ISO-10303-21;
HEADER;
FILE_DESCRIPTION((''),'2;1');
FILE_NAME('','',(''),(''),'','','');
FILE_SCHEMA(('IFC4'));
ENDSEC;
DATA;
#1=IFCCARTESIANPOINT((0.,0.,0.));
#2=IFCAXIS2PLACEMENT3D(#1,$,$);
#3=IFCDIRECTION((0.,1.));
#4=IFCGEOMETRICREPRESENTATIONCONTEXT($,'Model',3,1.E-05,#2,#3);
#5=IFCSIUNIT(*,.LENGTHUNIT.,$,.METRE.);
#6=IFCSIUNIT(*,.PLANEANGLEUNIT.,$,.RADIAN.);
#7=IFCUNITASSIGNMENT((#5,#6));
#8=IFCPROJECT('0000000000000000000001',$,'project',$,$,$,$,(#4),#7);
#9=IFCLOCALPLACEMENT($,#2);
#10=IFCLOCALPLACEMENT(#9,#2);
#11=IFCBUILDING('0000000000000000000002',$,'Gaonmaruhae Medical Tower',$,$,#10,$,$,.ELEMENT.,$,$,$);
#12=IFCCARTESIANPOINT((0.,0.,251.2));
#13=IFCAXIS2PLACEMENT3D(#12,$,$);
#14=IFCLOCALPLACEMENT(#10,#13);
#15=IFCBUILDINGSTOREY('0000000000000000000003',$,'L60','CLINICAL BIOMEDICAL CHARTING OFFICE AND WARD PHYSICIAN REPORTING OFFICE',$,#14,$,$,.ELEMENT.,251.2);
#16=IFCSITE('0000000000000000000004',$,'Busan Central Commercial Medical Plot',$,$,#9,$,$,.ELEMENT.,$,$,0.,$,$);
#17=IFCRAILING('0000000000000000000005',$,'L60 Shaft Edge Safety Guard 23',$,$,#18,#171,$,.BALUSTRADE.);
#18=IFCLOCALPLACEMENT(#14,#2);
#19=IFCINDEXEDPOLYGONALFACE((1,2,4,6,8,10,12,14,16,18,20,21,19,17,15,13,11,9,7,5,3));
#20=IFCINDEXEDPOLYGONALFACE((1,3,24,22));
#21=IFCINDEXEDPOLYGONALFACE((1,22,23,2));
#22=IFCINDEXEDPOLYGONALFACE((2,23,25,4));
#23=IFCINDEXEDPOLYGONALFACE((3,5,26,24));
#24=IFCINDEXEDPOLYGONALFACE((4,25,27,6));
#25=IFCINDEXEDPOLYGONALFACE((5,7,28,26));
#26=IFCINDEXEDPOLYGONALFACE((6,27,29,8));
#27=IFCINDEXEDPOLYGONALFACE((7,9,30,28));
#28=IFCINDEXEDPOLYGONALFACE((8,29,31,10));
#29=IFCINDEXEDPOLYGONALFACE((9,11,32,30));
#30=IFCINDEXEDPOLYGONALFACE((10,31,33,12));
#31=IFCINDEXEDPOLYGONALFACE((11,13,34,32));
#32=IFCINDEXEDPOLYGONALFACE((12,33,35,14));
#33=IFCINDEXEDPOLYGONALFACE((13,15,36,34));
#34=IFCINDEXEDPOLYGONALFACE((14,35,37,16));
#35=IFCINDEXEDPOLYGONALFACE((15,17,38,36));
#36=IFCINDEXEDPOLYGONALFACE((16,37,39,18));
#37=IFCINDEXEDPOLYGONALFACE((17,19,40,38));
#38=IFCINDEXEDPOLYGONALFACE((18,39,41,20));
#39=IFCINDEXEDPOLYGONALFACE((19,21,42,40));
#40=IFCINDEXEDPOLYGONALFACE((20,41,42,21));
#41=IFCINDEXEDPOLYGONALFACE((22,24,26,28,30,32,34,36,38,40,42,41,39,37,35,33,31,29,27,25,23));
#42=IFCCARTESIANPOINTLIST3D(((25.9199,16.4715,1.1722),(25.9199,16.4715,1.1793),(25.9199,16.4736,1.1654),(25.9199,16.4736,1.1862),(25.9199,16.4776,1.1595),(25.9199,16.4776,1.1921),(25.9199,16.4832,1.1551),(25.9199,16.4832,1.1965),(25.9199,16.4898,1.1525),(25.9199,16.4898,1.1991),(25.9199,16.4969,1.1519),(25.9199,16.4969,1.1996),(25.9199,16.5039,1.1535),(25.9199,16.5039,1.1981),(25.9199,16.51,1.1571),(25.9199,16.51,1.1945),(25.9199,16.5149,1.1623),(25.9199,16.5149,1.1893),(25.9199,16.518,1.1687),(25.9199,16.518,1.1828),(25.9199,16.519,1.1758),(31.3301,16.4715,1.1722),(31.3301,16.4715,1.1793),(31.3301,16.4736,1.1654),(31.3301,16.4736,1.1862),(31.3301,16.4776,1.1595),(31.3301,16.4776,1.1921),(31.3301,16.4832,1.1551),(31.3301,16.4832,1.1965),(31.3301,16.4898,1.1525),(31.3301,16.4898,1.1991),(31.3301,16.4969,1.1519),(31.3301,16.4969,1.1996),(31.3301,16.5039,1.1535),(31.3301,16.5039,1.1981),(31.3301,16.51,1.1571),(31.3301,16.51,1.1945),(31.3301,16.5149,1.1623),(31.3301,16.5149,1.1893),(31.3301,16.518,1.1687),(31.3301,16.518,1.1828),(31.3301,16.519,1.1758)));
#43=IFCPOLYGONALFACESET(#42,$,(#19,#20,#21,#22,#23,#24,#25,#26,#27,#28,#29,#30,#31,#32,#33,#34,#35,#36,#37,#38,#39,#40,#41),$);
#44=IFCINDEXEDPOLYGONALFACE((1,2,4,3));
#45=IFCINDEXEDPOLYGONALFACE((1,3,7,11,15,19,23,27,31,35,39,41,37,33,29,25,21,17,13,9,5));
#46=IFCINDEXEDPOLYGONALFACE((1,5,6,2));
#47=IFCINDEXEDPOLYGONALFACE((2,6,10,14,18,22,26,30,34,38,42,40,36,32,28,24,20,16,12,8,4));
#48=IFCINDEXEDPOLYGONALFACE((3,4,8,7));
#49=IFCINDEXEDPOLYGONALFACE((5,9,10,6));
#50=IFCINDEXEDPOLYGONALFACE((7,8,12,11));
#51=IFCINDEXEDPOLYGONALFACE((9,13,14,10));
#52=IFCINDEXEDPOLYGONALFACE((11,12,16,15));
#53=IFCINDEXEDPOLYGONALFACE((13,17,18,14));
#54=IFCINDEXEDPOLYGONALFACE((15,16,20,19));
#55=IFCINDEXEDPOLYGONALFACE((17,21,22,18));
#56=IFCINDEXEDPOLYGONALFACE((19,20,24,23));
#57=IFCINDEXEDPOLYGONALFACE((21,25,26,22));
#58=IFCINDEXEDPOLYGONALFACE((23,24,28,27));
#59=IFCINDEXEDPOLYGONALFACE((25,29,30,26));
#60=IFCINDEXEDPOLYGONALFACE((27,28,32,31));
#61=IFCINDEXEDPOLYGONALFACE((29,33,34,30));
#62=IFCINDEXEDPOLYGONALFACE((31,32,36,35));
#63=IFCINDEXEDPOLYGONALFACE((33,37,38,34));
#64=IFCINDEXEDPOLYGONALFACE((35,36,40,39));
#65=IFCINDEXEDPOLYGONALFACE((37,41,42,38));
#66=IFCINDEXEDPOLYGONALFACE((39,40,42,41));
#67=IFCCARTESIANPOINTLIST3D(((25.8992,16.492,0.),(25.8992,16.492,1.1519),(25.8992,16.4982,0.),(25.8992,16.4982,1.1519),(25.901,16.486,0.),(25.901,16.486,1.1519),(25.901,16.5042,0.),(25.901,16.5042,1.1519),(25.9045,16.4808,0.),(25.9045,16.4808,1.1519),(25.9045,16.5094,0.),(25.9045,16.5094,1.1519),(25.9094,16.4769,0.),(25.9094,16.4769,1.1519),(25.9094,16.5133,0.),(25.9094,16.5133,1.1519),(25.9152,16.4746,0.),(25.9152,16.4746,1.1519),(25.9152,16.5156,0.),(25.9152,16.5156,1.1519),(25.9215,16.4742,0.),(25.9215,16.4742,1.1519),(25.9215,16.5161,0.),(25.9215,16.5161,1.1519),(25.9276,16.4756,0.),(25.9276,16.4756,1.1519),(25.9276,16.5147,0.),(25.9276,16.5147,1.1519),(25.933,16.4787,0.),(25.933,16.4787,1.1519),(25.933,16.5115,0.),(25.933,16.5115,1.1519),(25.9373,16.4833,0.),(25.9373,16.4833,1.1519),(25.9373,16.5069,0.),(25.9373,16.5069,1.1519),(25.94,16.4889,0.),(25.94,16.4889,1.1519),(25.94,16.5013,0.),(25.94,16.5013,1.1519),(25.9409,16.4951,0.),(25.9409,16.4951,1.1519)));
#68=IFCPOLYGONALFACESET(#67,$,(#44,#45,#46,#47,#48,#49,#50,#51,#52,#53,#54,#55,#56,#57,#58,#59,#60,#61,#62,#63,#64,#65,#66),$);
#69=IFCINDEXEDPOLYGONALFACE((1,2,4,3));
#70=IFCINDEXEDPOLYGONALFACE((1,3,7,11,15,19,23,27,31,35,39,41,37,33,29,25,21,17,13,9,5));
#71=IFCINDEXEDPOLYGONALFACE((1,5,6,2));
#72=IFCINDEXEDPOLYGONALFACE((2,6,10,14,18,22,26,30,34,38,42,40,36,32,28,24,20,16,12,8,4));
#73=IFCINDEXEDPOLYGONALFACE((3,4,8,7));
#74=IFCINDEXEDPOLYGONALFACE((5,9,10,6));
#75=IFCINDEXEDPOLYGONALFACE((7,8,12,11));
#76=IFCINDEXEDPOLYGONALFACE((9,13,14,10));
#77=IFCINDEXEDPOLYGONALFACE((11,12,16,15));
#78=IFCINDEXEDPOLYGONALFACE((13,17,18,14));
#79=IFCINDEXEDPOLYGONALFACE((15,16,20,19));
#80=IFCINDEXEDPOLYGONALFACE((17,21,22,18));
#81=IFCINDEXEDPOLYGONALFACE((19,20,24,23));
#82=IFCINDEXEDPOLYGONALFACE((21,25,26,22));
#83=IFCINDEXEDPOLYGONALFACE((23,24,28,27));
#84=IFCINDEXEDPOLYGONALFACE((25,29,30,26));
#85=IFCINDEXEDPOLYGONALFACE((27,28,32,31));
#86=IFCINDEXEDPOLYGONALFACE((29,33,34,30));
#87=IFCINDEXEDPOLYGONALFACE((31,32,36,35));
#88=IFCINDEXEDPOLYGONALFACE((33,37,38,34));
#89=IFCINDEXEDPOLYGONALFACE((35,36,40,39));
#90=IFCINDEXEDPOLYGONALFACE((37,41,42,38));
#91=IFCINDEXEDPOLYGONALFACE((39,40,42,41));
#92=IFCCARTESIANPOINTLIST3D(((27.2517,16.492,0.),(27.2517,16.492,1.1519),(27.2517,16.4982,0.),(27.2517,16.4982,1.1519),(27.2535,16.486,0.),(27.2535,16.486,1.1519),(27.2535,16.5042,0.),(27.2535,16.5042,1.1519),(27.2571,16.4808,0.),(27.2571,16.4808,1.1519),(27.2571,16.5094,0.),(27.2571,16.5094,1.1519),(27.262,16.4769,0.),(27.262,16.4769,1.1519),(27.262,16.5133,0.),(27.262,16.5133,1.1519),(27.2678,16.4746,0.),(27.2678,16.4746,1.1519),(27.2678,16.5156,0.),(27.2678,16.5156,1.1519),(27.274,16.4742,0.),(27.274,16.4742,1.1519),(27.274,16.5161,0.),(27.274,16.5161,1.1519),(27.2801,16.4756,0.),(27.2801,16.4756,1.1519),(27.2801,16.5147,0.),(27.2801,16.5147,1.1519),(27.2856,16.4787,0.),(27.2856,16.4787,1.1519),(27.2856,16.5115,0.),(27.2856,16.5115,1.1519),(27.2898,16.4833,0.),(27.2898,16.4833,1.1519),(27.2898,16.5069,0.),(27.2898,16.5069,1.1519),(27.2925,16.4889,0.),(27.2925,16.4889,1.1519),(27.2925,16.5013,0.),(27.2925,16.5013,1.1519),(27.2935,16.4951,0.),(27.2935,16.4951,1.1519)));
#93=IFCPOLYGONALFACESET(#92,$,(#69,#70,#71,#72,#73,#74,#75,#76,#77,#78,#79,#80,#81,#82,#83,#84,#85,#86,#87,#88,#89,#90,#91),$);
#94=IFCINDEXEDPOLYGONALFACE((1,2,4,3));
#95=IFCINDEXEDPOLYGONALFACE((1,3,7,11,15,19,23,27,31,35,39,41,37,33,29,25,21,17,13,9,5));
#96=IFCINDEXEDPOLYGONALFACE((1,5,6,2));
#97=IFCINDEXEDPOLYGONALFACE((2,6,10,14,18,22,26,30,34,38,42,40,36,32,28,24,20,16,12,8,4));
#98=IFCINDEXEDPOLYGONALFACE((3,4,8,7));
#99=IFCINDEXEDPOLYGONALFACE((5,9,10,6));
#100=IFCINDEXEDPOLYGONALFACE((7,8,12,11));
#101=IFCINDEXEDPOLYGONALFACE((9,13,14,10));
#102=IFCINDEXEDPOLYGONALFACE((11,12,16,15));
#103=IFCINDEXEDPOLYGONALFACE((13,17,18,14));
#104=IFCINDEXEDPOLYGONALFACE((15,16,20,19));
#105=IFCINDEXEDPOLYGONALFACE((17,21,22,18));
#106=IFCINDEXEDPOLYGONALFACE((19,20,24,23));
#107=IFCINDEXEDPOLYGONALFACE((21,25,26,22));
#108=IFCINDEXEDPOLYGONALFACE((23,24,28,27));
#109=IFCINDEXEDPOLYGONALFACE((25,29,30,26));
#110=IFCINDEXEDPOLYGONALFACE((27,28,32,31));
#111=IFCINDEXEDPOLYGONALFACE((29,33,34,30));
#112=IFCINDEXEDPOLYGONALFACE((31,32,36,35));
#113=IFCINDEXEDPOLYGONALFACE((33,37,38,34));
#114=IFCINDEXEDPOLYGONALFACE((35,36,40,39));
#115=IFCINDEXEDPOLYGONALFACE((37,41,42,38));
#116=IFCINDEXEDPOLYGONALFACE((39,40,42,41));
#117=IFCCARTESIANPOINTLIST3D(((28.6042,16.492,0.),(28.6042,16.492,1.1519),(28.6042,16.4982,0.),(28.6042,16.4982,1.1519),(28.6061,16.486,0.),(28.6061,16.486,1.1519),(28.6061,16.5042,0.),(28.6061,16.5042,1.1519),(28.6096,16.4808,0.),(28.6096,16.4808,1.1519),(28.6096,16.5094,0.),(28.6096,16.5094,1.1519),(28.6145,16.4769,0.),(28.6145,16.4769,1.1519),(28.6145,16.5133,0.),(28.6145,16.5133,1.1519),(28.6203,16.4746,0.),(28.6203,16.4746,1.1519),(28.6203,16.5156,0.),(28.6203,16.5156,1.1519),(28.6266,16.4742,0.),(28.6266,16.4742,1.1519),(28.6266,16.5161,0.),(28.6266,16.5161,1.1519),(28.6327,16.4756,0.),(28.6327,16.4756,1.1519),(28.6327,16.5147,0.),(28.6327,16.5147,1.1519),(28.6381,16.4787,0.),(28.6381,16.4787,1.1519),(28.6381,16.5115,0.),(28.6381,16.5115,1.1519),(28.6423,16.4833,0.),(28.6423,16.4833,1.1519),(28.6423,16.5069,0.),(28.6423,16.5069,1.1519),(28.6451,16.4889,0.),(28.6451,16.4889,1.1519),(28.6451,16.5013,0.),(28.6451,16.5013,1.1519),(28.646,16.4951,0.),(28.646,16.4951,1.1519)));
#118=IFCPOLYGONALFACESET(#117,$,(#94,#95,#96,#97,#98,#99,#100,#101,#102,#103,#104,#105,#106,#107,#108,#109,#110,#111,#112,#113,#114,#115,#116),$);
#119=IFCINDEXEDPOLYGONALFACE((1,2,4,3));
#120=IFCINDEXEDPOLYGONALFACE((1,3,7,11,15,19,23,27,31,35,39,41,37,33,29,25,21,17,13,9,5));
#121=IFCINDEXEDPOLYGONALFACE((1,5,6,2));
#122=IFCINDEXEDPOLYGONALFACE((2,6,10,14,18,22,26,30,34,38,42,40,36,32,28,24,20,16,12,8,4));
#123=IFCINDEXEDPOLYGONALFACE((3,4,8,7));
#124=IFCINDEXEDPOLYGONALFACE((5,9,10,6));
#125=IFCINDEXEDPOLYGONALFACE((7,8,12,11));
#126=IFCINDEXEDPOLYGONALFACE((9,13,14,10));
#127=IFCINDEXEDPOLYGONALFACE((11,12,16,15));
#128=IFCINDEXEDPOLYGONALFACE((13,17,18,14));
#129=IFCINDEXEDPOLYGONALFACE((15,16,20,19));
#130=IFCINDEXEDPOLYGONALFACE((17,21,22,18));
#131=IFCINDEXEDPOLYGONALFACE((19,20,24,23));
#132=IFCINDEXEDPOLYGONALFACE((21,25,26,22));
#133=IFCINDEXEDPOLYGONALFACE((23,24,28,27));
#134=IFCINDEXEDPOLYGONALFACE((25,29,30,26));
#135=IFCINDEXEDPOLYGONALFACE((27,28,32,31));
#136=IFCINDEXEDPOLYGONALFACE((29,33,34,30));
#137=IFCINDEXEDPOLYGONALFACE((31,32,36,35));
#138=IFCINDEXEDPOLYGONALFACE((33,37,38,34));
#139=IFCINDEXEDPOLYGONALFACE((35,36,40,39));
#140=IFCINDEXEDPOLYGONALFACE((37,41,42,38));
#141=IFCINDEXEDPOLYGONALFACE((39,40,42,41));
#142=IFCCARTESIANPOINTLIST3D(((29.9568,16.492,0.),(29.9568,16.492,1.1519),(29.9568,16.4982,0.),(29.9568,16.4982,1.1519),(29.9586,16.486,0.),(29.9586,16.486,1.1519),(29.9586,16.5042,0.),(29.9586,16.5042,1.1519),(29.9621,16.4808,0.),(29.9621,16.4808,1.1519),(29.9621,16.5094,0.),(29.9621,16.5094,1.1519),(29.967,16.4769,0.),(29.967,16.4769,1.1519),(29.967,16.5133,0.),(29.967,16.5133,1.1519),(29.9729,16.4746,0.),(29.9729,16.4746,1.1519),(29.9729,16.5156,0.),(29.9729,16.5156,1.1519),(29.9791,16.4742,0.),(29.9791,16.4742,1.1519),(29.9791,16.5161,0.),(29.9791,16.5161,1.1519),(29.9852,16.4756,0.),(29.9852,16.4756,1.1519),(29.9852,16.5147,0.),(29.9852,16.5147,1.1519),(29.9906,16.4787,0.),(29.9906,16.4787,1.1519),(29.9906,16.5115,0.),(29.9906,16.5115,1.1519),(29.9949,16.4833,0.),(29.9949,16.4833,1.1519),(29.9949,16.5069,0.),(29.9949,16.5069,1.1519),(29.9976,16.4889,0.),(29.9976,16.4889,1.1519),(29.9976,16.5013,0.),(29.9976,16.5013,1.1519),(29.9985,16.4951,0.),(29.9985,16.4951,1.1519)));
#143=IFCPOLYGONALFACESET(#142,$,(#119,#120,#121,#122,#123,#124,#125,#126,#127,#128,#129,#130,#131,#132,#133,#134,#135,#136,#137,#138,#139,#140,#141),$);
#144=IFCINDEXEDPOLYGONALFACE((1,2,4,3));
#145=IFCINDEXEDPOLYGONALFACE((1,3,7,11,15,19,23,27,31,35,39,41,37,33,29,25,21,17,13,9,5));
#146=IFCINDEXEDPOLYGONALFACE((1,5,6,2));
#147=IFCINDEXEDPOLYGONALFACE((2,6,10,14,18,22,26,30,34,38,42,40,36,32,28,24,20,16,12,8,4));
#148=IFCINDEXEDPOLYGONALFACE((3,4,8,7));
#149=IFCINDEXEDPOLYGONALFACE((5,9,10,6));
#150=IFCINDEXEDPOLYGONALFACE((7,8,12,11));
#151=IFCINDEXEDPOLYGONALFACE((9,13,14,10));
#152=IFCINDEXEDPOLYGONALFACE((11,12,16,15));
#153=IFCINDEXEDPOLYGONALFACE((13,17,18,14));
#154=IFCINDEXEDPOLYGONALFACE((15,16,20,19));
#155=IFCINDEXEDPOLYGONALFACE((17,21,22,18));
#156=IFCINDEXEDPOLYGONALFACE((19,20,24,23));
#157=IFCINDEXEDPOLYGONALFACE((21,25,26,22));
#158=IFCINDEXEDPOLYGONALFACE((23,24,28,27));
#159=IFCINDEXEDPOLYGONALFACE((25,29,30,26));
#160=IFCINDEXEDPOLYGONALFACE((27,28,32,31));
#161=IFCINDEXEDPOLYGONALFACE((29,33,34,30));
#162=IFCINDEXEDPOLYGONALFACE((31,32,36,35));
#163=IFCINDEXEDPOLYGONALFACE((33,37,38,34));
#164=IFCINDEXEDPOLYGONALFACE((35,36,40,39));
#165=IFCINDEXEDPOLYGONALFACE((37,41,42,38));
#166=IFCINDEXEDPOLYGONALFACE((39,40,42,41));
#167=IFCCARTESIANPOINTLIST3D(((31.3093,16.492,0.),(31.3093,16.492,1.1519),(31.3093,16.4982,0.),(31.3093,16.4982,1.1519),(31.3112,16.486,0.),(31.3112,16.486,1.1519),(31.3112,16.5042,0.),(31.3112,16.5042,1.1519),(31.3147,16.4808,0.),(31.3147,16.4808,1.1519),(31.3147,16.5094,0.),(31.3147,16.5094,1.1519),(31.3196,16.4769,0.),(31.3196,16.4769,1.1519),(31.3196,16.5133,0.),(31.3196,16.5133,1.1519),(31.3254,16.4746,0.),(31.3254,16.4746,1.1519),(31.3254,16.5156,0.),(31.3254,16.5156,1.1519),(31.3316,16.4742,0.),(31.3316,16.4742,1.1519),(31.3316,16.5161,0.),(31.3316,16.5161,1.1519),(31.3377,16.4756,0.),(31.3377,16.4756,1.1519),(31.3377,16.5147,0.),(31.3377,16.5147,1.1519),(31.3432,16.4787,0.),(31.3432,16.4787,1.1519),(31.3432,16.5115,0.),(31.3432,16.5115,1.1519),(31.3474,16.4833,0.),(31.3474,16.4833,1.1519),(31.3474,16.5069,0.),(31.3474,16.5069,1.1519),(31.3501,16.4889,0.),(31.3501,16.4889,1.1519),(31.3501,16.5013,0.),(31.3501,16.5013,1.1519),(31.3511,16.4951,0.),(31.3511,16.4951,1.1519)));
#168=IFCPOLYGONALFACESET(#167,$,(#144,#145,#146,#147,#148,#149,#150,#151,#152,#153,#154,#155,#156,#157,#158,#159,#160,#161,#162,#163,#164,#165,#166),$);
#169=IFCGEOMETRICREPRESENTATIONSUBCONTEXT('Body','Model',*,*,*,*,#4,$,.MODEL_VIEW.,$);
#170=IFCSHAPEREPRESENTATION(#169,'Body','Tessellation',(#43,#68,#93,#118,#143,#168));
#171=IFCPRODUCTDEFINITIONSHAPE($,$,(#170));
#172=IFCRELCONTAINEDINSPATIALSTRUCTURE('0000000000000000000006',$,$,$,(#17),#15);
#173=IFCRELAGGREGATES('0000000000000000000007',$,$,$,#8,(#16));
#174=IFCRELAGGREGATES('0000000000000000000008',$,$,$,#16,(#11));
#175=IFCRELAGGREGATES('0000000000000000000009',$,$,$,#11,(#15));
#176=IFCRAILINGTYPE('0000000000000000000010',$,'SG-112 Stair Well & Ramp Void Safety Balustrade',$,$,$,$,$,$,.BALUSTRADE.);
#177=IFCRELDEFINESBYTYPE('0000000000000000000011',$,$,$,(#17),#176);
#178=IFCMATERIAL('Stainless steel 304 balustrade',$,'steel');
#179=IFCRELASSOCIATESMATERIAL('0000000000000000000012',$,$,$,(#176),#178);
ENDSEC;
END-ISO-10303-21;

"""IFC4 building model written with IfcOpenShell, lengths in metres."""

from ifc_helpers import new_model, si_unit, direction, frame, origin, origin_2d, place, context, subcontext, project, spatial, circle, extrude, material, type_object, element, save


model = new_model("IFC4")

# Units and contexts
model_context = context("Model", 3, precision=1e-05, world=origin(), true_north=direction((0.0, 1.0)))
body_context = subcontext(model_context, "Body", "Model", "MODEL_VIEW")
ifc_project = project(units=[si_unit("LENGTHUNIT", "METRE"), si_unit("PLANEANGLEUNIT", "RADIAN")], contexts=[model_context])

# Site, building, storey
site_placement = place(None, origin())
site = spatial("IfcSite", under=ifc_project, at=site_placement, Name="Busan Central Commercial Medical Plot", CompositionType="ELEMENT", RefElevation=0.0)
building_placement = place(site_placement, origin())
building = spatial("IfcBuilding", under=site, at=building_placement, Name="Gaonmaruhae Medical Tower", CompositionType="ELEMENT")
storey_placement = place(building_placement, frame((0.0, 0.0, 251.2)))
storey = spatial("IfcBuildingStorey", under=building, at=storey_placement, Name="L60", Description="CLINICAL BIOMEDICAL CHARTING OFFICE AND WARD PHYSICIAN REPORTING OFFICE", CompositionType="ELEMENT", Elevation=251.2)

# Railing
ifc_material_1 = material(Name="Stainless steel 304 balustrade", Category="steel")
railing_type = type_object("IfcRailingType", Name="SG-112 Stair Well & Ramp Void Safety Balustrade", PredefinedType="BALUSTRADE", material=ifc_material_1)
railing_1_placement = place(storey_placement, frame((25.9199, 16.4951, 0.0)))
element("IfcRailing", 1, at=railing_1_placement, inside=storey, type_object=railing_type, Name="L60 Shaft Edge Safety Guard 23", PredefinedType="BALUSTRADE", context=body_context, shape_type="SweptSolid", body=[
    extrude(circle(Radius=0.0239, at=origin_2d()), frame((0.0, 0.0, 1.1758), z_axis=(1.0, 0.0, 0.0), x_axis=(0.0, 1.0, 0.0)), (0.0, 0.0, 1.0), 5.4102),
    extrude(circle(Radius=0.021, at=origin_2d()), origin(), (0.0, 0.0, 1.0), 1.1519),
    extrude(circle(Radius=0.021, at=origin_2d()), frame((1.3525, 0.0, 0.0)), (0.0, 0.0, 1.0), 1.1519),
    extrude(circle(Radius=0.021, at=origin_2d()), frame((2.7051, 0.0, 0.0)), (0.0, 0.0, 1.0), 1.1519),
    extrude(circle(Radius=0.021, at=origin_2d()), frame((4.0576, 0.0, 0.0)), (0.0, 0.0, 1.0), 1.1519),
    extrude(circle(Radius=0.021, at=origin_2d()), frame((5.4102, 0.0, 0.0)), (0.0, 0.0, 1.0), 1.1519),
])

save(model, "model.ifc")
